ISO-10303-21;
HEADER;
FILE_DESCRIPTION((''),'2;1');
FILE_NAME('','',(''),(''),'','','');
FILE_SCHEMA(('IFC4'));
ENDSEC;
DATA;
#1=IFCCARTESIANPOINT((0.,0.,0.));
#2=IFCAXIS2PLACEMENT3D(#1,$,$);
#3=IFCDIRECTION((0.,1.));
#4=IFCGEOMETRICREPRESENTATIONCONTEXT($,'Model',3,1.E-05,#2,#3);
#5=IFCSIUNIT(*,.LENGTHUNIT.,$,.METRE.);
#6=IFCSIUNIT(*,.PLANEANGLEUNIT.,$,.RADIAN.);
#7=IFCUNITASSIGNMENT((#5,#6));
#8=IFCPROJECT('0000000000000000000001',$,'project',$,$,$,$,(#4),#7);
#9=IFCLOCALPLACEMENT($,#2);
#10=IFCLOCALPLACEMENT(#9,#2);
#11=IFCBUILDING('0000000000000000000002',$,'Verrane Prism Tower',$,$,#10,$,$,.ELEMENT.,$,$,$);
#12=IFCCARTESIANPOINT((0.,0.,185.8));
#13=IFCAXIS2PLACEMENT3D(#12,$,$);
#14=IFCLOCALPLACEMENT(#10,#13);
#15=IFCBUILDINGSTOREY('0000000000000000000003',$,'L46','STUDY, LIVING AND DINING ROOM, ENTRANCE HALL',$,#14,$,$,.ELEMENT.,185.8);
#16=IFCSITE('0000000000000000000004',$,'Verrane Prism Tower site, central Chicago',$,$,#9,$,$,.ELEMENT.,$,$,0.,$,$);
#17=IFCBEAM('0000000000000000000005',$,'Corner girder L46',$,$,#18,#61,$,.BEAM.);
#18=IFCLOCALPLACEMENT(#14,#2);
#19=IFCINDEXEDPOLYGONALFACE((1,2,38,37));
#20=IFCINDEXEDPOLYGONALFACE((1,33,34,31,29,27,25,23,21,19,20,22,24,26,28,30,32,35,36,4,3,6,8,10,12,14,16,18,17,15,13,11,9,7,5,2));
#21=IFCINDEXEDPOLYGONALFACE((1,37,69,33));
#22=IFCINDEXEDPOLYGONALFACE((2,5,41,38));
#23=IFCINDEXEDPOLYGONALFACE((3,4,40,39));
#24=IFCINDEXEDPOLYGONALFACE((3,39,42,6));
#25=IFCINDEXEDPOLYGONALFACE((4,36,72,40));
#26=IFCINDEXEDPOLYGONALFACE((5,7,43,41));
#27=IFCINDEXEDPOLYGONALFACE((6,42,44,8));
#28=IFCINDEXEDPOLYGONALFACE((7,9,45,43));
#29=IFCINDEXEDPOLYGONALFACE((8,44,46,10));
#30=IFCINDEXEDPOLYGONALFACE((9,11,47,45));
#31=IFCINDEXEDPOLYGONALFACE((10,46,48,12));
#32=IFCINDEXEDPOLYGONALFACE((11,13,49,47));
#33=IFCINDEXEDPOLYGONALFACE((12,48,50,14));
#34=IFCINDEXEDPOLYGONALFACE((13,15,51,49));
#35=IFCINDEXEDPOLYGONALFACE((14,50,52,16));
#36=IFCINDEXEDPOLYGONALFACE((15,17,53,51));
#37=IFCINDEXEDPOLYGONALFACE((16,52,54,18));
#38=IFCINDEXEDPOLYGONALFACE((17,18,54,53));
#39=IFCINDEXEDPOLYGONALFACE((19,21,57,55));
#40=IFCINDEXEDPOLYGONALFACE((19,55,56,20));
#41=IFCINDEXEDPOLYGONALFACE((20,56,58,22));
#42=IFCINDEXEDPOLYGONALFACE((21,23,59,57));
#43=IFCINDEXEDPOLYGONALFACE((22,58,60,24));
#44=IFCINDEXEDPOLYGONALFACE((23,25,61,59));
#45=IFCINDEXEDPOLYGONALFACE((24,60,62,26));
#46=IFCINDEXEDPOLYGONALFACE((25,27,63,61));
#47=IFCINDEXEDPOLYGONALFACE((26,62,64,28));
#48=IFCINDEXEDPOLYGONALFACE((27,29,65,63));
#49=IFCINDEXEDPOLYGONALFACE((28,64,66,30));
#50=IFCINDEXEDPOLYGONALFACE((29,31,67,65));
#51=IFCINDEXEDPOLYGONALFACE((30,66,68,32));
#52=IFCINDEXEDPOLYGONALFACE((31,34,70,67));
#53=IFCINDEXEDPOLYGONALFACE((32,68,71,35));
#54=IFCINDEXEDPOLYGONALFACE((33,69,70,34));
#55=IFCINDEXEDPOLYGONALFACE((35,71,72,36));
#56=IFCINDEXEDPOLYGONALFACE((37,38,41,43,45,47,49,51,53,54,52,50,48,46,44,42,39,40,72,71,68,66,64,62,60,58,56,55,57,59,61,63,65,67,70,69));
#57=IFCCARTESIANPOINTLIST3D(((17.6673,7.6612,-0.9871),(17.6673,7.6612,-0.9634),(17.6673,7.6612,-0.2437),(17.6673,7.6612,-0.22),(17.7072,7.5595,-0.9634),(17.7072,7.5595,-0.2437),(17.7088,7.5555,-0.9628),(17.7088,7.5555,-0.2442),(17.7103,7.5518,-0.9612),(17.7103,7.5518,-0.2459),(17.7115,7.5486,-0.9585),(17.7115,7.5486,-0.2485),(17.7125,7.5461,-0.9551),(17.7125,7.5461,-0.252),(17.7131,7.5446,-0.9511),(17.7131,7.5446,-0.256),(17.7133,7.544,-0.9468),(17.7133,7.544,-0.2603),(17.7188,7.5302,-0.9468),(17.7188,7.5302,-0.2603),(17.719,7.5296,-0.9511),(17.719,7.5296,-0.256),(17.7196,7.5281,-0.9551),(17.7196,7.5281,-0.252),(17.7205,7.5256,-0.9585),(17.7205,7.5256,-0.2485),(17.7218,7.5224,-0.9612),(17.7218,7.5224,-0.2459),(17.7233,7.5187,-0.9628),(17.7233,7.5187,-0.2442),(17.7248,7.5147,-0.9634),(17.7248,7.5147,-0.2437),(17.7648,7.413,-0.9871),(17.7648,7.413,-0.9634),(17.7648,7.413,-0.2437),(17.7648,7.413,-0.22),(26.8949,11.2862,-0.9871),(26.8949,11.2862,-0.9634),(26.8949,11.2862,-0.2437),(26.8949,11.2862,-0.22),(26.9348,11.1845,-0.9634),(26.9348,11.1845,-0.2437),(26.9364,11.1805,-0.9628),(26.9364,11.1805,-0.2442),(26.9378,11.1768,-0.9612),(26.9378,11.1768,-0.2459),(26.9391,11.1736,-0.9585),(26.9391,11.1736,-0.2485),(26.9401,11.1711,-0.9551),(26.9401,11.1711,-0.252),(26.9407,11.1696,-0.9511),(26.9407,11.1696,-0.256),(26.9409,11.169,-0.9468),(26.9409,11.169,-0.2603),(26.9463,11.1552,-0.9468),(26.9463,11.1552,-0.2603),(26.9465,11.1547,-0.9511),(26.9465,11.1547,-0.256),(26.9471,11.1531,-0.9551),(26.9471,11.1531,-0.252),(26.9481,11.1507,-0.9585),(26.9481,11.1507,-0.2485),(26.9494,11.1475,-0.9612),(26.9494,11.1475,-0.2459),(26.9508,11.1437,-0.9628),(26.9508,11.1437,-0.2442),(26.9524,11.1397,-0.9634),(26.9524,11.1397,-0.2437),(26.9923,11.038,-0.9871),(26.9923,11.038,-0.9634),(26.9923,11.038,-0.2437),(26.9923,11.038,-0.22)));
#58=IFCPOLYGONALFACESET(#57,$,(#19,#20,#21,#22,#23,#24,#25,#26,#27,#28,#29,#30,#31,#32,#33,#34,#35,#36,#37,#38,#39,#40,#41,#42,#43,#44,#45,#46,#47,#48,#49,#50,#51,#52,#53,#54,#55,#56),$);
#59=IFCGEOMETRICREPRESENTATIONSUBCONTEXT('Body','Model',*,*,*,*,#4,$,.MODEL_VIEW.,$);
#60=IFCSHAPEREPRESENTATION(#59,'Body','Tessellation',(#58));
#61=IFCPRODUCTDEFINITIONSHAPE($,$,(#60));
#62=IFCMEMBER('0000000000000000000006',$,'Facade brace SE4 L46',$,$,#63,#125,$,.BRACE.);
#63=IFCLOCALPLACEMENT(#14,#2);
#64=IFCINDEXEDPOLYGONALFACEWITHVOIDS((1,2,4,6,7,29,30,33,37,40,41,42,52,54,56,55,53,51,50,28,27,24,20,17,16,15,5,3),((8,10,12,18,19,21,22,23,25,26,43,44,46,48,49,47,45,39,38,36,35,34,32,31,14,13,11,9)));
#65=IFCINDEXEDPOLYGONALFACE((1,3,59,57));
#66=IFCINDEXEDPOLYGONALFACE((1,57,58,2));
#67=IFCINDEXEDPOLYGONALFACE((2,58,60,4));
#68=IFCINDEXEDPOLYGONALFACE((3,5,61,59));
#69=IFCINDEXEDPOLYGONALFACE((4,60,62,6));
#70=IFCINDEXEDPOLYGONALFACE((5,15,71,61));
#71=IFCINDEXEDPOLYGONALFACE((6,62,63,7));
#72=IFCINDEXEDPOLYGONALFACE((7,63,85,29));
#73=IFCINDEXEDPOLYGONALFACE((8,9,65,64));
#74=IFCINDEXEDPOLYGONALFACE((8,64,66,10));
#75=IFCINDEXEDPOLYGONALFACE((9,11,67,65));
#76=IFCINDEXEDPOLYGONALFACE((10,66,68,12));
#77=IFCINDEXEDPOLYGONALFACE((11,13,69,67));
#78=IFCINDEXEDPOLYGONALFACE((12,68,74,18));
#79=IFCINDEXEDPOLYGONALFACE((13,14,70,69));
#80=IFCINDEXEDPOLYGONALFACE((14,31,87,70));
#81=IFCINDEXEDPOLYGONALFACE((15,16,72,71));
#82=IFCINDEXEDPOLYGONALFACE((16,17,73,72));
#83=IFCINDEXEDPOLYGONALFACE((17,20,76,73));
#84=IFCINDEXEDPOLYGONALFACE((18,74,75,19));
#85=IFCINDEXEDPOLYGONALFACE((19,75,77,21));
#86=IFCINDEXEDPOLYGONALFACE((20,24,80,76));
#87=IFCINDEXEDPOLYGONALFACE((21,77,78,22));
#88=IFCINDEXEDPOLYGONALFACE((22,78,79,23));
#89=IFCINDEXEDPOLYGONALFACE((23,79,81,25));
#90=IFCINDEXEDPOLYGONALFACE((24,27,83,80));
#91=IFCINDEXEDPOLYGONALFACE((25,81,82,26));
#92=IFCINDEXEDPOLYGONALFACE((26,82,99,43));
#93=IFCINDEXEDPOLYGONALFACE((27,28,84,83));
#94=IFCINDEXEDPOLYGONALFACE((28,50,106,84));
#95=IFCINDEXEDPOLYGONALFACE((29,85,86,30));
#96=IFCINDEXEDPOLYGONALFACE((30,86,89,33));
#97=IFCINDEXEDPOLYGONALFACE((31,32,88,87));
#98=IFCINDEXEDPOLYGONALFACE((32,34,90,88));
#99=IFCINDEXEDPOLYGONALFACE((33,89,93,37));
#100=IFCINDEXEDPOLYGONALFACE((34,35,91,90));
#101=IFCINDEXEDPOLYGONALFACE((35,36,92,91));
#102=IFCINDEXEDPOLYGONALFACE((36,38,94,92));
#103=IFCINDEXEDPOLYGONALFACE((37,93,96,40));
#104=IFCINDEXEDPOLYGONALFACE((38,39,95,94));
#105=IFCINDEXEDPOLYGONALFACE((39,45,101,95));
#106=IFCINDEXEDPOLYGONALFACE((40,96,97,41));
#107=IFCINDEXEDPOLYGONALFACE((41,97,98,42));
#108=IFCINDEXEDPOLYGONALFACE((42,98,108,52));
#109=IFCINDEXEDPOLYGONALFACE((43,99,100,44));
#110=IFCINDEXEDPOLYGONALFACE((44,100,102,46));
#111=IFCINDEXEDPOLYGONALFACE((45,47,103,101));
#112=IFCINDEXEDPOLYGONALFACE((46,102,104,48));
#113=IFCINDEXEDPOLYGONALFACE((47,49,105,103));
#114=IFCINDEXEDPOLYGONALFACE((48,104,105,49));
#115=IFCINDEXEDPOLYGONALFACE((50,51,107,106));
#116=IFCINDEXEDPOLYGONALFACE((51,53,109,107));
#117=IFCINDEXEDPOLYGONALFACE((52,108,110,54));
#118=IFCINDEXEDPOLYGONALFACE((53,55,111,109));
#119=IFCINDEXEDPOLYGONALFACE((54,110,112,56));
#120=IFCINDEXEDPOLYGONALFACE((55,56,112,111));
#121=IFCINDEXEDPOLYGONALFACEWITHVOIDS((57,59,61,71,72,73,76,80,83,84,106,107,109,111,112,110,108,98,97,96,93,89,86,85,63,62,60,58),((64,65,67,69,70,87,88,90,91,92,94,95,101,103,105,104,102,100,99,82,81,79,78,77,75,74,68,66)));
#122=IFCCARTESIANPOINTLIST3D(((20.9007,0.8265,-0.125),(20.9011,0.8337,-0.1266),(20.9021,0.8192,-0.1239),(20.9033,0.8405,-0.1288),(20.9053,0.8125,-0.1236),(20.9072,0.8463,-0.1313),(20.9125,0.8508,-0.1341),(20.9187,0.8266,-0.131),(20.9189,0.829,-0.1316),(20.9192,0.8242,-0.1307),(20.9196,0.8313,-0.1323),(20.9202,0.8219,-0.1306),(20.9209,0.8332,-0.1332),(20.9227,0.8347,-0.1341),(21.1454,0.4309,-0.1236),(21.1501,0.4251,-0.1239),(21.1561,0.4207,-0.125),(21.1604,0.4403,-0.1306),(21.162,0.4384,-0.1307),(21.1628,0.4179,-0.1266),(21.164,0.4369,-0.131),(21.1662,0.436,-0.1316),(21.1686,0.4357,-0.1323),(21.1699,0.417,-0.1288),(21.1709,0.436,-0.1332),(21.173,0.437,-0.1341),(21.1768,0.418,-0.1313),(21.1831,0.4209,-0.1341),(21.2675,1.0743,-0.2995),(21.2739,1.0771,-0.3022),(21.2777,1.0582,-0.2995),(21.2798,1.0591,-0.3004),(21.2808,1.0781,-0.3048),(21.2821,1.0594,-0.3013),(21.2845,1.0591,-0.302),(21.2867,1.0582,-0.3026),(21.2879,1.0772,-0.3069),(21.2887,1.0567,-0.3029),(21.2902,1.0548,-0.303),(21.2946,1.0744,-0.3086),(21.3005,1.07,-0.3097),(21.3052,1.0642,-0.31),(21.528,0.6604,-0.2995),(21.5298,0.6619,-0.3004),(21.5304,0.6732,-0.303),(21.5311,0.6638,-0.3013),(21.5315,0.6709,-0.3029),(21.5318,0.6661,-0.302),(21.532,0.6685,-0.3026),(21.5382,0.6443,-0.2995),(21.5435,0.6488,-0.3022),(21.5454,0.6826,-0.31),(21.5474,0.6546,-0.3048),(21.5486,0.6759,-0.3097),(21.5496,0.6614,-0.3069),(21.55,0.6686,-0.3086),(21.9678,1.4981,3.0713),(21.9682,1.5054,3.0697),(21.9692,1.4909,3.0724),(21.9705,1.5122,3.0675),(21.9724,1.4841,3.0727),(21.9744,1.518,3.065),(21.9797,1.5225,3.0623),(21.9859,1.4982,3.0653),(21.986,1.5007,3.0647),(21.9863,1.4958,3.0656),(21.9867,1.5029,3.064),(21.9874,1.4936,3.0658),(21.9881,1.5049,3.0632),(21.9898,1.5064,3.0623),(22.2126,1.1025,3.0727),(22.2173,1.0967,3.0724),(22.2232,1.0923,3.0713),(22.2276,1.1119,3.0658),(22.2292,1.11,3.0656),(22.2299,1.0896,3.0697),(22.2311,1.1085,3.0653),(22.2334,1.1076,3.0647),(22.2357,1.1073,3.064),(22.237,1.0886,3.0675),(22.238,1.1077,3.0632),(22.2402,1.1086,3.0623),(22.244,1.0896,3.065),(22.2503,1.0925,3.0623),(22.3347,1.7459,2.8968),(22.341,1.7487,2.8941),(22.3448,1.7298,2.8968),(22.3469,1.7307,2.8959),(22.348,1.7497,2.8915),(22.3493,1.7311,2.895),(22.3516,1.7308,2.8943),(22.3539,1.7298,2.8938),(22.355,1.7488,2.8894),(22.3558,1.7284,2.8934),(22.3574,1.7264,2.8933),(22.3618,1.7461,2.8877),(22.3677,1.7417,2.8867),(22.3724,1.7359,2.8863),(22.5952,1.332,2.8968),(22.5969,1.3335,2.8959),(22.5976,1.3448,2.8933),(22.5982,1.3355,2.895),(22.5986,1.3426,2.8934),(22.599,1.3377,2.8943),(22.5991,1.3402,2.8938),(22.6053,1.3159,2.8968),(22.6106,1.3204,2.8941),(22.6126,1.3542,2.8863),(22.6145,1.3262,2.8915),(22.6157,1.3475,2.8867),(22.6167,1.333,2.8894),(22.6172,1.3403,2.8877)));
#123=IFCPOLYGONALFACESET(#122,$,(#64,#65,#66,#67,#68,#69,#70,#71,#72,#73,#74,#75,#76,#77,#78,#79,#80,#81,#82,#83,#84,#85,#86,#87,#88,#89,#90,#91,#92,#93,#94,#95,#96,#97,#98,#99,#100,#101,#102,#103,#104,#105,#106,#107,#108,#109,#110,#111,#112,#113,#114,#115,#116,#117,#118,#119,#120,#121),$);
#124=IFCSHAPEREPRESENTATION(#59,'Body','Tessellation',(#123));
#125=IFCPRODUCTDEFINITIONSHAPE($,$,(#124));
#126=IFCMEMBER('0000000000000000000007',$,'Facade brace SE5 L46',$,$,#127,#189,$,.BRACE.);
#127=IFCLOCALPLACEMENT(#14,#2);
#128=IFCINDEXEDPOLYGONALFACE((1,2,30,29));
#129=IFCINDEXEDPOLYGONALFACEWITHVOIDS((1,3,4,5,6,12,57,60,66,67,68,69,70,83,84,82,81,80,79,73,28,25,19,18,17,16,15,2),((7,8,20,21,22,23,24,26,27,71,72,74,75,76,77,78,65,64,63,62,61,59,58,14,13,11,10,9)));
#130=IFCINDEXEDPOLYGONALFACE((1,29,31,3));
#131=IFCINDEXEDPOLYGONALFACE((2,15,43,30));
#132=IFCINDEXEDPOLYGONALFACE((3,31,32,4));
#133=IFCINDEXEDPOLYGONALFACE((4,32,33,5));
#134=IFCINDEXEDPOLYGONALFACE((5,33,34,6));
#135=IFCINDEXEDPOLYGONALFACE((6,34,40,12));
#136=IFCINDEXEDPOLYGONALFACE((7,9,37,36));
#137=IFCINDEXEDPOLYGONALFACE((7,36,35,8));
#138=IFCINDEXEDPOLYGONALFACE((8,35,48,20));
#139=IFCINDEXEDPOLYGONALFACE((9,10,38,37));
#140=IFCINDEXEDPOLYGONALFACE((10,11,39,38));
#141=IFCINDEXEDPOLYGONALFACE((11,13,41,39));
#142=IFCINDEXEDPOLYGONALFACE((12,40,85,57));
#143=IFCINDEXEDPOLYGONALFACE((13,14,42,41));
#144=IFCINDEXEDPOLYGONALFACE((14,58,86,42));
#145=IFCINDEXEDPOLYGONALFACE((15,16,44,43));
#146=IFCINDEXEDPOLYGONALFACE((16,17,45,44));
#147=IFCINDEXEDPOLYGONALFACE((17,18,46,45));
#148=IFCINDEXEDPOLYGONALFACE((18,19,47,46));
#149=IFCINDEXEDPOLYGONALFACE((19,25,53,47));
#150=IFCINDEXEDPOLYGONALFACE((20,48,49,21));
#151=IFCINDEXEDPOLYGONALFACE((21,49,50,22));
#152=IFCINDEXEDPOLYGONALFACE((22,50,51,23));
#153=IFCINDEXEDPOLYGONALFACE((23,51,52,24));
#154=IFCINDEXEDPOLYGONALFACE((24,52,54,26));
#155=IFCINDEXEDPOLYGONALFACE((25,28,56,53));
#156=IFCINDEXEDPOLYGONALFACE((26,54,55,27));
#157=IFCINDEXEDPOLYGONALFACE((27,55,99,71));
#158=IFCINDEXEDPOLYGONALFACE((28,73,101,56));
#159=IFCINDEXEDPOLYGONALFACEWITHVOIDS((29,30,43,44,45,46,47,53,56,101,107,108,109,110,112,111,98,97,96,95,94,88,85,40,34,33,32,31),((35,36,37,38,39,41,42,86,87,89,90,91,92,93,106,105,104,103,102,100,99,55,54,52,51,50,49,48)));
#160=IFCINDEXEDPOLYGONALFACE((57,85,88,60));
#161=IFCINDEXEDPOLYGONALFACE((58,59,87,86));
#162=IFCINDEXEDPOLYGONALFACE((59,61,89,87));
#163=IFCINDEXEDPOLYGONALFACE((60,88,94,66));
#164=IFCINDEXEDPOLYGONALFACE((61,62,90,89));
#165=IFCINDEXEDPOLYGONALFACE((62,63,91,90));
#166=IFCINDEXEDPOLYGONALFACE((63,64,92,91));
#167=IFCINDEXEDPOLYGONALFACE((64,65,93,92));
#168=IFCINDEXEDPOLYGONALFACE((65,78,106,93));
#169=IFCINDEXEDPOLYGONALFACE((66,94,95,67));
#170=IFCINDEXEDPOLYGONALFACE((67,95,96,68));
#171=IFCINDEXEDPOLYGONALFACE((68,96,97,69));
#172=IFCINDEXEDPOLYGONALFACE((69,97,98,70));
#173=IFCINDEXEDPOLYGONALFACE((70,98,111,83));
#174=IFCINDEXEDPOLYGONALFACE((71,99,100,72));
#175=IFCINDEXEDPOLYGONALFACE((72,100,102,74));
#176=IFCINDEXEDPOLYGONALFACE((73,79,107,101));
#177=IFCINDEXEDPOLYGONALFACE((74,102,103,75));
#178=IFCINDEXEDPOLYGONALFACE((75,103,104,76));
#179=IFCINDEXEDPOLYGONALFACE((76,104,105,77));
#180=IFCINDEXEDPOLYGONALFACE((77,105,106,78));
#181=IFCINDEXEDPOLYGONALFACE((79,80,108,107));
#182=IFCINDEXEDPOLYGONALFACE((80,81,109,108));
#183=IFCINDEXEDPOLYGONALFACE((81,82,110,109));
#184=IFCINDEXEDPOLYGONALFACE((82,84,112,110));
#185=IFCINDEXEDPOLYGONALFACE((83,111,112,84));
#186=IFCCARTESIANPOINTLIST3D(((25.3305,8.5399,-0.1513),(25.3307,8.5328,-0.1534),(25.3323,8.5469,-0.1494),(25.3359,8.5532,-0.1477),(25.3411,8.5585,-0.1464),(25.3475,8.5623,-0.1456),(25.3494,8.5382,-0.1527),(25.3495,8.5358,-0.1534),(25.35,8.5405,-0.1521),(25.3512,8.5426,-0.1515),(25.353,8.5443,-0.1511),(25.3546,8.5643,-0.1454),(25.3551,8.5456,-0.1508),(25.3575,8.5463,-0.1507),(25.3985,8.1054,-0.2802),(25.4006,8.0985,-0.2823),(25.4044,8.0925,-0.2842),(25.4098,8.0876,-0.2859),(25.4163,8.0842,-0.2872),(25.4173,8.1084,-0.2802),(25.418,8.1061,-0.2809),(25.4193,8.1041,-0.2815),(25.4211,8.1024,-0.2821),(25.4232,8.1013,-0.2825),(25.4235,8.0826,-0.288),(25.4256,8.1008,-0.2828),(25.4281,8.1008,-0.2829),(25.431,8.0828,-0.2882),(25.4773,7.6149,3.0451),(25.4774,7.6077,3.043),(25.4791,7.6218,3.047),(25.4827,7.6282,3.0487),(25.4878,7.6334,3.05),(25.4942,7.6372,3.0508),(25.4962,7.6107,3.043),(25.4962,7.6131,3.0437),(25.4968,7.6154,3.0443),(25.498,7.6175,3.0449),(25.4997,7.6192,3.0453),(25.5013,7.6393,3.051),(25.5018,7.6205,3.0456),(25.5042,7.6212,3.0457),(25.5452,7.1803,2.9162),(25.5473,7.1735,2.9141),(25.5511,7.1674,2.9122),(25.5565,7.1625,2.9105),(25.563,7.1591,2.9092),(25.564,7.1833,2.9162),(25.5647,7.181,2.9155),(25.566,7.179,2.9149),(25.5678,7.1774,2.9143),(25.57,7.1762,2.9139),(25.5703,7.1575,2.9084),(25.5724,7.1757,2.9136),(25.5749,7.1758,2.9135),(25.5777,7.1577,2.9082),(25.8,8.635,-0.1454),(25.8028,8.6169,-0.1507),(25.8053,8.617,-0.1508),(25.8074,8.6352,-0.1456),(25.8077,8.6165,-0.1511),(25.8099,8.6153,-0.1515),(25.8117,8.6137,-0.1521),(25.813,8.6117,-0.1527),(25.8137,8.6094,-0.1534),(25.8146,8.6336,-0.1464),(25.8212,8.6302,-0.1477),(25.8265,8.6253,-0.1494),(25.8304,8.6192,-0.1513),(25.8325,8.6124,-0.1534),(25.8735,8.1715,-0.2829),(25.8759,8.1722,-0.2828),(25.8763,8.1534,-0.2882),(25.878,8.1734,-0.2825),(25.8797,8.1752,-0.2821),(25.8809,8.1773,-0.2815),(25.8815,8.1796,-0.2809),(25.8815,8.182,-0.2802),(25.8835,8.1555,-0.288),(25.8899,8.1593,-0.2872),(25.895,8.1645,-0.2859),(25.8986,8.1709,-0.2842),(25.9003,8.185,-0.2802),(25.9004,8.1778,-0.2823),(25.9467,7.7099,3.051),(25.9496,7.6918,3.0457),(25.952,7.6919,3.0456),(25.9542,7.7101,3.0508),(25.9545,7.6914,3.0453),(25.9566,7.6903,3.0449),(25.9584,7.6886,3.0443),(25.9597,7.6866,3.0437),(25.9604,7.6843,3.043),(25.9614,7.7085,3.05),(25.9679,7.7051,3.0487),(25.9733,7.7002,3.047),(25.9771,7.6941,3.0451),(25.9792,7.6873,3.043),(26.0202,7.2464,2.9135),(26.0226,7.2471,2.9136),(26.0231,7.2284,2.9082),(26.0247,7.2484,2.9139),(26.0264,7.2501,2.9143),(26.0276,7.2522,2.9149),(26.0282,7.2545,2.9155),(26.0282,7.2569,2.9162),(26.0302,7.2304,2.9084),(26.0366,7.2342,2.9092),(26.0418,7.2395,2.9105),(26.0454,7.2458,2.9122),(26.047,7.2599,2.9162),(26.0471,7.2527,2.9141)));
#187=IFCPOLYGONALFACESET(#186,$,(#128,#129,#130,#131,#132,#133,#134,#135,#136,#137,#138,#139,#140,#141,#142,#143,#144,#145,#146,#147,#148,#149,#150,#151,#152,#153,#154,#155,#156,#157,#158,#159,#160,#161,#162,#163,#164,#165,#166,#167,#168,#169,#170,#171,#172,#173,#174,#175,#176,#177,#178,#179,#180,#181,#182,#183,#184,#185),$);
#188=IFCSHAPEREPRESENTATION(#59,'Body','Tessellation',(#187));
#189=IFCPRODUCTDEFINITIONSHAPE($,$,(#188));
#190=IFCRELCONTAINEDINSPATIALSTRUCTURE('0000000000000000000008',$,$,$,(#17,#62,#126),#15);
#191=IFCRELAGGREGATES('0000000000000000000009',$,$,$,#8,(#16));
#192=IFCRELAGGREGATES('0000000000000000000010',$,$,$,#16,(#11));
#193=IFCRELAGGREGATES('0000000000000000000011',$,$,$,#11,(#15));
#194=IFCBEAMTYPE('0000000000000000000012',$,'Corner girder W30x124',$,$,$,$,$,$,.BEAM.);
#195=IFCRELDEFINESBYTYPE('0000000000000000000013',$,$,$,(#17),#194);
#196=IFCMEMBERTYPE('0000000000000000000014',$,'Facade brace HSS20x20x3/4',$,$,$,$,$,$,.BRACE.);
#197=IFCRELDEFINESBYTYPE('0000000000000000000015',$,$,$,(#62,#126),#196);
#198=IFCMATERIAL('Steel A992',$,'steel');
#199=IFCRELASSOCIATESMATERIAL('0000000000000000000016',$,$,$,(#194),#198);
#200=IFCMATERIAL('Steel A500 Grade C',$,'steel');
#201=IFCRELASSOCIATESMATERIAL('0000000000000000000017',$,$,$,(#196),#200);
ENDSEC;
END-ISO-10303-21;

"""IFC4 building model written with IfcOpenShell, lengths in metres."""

from ifc_helpers import new_model, si_unit, direction, frame, origin, origin_2d, place, context, subcontext, project, spatial, hollow_rectangle, i_section, extrude, material, material_profile, profile_set, type_object, element, save


model = new_model("IFC4")

# Units and contexts
model_context = context("Model", 3, precision=1e-05, world=origin(), true_north=direction((0.0, 1.0)))
body_context = subcontext(model_context, "Body", "Model", "MODEL_VIEW")
ifc_project = project(units=[si_unit("LENGTHUNIT", "METRE"), si_unit("PLANEANGLEUNIT", "RADIAN")], contexts=[model_context])

# Site, building, storey
site_placement = place(None, origin())
site = spatial("IfcSite", under=ifc_project, at=site_placement, Name="Verrane Prism Tower site, central Chicago", CompositionType="ELEMENT", RefElevation=0.0)
building_placement = place(site_placement, origin())
building = spatial("IfcBuilding", under=site, at=building_placement, Name="Verrane Prism Tower", CompositionType="ELEMENT")
storey_placement = place(building_placement, frame((0.0, 0.0, 185.8)))
storey = spatial("IfcBuildingStorey", under=building, at=storey_placement, Name="L46", Description="STUDY, LIVING AND DINING ROOM, ENTRANCE HALL", CompositionType="ELEMENT", Elevation=185.8)

# Beam
ifc_material_1 = material(Name="Steel A992", Category="steel")
ifc_material_profile_1 = material_profile(ifc_material_1, i_section(OverallWidth=0.2666, OverallDepth=0.7671, WebThickness=0.0149, FlangeThickness=0.0237, FilletRadius=0.0166, at=origin_2d()), Name="W30x124")
ifc_profile_set_1 = profile_set([ifc_material_profile_1], Name="Steel A992")
beam_type_1 = type_object("IfcBeamType", Name="Corner girder W30x124", PredefinedType="BEAM", material=ifc_profile_set_1)
beam_1_placement = place(storey_placement, frame((26.9436, 11.1621, -0.6035), z_axis=(-0.930755, -0.365643, 0.0), x_axis=(0.365643, -0.930755, 0.0)))
element("IfcBeam", 1, at=beam_1_placement, inside=storey, type_object=beam_type_1, Name="Corner girder L46", PredefinedType="BEAM", context=body_context, shape_type="SweptSolid", body=[
    extrude(i_section(OverallWidth=0.2666, OverallDepth=0.7671, WebThickness=0.0149, FlangeThickness=0.0237, FilletRadius=0.0166, at=origin_2d()), origin(), (0.0, 0.0, 1.0), 9.9141),
])

# Members
ifc_material_2 = material(Name="Steel A500 Grade C", Category="steel")
ifc_material_profile_2 = material_profile(ifc_material_2, hollow_rectangle(XDim=0.5081, YDim=0.5081, WallThickness=0.019, InnerFilletRadius=0.0095, OuterFilletRadius=0.0286, at=origin_2d()), Name="HSS20x20x3/4")
ifc_profile_set_2 = profile_set([ifc_material_profile_2], Name="Steel A500 Grade C")
member_type_1 = type_object("IfcMemberType", Name="Facade brace HSS20x20x3/4", PredefinedType="BRACE", material=ifc_profile_set_2)
member_1_placement = place(storey_placement, frame((21.2253, 0.7476, -0.2168), z_axis=(0.310575, 0.195468, 0.930234), x_axis=(-0.532659, 0.84633, 0.0)))
element("IfcMember", 2, at=member_1_placement, inside=storey, type_object=member_type_1, Name="Facade brace SE4 L46", PredefinedType="BRACE", context=body_context, shape_type="SweptSolid", body=[
    extrude(hollow_rectangle(XDim=0.5081, YDim=0.5081, WallThickness=0.019, InnerFilletRadius=0.0095, OuterFilletRadius=0.0286, at=origin_2d()), origin(), (0.0, 0.0, 1.0), 3.436),
])
member_2_placement = place(storey_placement, frame((25.6155, 8.3589, -0.2168), z_axis=(0.044053, -0.277735, 0.959647), x_axis=(0.987653, 0.156659, 0.0)))
element("IfcMember", 3, at=member_2_placement, inside=storey, type_object=member_type_1, Name="Facade brace SE5 L46", PredefinedType="BRACE", context=body_context, shape_type="SweptSolid", body=[
    extrude(hollow_rectangle(XDim=0.5081, YDim=0.5081, WallThickness=0.019, InnerFilletRadius=0.0095, OuterFilletRadius=0.0286, at=origin_2d()), origin(), (0.0, 0.0, 1.0), 3.3308),
])

save(model, "model.ifc")
